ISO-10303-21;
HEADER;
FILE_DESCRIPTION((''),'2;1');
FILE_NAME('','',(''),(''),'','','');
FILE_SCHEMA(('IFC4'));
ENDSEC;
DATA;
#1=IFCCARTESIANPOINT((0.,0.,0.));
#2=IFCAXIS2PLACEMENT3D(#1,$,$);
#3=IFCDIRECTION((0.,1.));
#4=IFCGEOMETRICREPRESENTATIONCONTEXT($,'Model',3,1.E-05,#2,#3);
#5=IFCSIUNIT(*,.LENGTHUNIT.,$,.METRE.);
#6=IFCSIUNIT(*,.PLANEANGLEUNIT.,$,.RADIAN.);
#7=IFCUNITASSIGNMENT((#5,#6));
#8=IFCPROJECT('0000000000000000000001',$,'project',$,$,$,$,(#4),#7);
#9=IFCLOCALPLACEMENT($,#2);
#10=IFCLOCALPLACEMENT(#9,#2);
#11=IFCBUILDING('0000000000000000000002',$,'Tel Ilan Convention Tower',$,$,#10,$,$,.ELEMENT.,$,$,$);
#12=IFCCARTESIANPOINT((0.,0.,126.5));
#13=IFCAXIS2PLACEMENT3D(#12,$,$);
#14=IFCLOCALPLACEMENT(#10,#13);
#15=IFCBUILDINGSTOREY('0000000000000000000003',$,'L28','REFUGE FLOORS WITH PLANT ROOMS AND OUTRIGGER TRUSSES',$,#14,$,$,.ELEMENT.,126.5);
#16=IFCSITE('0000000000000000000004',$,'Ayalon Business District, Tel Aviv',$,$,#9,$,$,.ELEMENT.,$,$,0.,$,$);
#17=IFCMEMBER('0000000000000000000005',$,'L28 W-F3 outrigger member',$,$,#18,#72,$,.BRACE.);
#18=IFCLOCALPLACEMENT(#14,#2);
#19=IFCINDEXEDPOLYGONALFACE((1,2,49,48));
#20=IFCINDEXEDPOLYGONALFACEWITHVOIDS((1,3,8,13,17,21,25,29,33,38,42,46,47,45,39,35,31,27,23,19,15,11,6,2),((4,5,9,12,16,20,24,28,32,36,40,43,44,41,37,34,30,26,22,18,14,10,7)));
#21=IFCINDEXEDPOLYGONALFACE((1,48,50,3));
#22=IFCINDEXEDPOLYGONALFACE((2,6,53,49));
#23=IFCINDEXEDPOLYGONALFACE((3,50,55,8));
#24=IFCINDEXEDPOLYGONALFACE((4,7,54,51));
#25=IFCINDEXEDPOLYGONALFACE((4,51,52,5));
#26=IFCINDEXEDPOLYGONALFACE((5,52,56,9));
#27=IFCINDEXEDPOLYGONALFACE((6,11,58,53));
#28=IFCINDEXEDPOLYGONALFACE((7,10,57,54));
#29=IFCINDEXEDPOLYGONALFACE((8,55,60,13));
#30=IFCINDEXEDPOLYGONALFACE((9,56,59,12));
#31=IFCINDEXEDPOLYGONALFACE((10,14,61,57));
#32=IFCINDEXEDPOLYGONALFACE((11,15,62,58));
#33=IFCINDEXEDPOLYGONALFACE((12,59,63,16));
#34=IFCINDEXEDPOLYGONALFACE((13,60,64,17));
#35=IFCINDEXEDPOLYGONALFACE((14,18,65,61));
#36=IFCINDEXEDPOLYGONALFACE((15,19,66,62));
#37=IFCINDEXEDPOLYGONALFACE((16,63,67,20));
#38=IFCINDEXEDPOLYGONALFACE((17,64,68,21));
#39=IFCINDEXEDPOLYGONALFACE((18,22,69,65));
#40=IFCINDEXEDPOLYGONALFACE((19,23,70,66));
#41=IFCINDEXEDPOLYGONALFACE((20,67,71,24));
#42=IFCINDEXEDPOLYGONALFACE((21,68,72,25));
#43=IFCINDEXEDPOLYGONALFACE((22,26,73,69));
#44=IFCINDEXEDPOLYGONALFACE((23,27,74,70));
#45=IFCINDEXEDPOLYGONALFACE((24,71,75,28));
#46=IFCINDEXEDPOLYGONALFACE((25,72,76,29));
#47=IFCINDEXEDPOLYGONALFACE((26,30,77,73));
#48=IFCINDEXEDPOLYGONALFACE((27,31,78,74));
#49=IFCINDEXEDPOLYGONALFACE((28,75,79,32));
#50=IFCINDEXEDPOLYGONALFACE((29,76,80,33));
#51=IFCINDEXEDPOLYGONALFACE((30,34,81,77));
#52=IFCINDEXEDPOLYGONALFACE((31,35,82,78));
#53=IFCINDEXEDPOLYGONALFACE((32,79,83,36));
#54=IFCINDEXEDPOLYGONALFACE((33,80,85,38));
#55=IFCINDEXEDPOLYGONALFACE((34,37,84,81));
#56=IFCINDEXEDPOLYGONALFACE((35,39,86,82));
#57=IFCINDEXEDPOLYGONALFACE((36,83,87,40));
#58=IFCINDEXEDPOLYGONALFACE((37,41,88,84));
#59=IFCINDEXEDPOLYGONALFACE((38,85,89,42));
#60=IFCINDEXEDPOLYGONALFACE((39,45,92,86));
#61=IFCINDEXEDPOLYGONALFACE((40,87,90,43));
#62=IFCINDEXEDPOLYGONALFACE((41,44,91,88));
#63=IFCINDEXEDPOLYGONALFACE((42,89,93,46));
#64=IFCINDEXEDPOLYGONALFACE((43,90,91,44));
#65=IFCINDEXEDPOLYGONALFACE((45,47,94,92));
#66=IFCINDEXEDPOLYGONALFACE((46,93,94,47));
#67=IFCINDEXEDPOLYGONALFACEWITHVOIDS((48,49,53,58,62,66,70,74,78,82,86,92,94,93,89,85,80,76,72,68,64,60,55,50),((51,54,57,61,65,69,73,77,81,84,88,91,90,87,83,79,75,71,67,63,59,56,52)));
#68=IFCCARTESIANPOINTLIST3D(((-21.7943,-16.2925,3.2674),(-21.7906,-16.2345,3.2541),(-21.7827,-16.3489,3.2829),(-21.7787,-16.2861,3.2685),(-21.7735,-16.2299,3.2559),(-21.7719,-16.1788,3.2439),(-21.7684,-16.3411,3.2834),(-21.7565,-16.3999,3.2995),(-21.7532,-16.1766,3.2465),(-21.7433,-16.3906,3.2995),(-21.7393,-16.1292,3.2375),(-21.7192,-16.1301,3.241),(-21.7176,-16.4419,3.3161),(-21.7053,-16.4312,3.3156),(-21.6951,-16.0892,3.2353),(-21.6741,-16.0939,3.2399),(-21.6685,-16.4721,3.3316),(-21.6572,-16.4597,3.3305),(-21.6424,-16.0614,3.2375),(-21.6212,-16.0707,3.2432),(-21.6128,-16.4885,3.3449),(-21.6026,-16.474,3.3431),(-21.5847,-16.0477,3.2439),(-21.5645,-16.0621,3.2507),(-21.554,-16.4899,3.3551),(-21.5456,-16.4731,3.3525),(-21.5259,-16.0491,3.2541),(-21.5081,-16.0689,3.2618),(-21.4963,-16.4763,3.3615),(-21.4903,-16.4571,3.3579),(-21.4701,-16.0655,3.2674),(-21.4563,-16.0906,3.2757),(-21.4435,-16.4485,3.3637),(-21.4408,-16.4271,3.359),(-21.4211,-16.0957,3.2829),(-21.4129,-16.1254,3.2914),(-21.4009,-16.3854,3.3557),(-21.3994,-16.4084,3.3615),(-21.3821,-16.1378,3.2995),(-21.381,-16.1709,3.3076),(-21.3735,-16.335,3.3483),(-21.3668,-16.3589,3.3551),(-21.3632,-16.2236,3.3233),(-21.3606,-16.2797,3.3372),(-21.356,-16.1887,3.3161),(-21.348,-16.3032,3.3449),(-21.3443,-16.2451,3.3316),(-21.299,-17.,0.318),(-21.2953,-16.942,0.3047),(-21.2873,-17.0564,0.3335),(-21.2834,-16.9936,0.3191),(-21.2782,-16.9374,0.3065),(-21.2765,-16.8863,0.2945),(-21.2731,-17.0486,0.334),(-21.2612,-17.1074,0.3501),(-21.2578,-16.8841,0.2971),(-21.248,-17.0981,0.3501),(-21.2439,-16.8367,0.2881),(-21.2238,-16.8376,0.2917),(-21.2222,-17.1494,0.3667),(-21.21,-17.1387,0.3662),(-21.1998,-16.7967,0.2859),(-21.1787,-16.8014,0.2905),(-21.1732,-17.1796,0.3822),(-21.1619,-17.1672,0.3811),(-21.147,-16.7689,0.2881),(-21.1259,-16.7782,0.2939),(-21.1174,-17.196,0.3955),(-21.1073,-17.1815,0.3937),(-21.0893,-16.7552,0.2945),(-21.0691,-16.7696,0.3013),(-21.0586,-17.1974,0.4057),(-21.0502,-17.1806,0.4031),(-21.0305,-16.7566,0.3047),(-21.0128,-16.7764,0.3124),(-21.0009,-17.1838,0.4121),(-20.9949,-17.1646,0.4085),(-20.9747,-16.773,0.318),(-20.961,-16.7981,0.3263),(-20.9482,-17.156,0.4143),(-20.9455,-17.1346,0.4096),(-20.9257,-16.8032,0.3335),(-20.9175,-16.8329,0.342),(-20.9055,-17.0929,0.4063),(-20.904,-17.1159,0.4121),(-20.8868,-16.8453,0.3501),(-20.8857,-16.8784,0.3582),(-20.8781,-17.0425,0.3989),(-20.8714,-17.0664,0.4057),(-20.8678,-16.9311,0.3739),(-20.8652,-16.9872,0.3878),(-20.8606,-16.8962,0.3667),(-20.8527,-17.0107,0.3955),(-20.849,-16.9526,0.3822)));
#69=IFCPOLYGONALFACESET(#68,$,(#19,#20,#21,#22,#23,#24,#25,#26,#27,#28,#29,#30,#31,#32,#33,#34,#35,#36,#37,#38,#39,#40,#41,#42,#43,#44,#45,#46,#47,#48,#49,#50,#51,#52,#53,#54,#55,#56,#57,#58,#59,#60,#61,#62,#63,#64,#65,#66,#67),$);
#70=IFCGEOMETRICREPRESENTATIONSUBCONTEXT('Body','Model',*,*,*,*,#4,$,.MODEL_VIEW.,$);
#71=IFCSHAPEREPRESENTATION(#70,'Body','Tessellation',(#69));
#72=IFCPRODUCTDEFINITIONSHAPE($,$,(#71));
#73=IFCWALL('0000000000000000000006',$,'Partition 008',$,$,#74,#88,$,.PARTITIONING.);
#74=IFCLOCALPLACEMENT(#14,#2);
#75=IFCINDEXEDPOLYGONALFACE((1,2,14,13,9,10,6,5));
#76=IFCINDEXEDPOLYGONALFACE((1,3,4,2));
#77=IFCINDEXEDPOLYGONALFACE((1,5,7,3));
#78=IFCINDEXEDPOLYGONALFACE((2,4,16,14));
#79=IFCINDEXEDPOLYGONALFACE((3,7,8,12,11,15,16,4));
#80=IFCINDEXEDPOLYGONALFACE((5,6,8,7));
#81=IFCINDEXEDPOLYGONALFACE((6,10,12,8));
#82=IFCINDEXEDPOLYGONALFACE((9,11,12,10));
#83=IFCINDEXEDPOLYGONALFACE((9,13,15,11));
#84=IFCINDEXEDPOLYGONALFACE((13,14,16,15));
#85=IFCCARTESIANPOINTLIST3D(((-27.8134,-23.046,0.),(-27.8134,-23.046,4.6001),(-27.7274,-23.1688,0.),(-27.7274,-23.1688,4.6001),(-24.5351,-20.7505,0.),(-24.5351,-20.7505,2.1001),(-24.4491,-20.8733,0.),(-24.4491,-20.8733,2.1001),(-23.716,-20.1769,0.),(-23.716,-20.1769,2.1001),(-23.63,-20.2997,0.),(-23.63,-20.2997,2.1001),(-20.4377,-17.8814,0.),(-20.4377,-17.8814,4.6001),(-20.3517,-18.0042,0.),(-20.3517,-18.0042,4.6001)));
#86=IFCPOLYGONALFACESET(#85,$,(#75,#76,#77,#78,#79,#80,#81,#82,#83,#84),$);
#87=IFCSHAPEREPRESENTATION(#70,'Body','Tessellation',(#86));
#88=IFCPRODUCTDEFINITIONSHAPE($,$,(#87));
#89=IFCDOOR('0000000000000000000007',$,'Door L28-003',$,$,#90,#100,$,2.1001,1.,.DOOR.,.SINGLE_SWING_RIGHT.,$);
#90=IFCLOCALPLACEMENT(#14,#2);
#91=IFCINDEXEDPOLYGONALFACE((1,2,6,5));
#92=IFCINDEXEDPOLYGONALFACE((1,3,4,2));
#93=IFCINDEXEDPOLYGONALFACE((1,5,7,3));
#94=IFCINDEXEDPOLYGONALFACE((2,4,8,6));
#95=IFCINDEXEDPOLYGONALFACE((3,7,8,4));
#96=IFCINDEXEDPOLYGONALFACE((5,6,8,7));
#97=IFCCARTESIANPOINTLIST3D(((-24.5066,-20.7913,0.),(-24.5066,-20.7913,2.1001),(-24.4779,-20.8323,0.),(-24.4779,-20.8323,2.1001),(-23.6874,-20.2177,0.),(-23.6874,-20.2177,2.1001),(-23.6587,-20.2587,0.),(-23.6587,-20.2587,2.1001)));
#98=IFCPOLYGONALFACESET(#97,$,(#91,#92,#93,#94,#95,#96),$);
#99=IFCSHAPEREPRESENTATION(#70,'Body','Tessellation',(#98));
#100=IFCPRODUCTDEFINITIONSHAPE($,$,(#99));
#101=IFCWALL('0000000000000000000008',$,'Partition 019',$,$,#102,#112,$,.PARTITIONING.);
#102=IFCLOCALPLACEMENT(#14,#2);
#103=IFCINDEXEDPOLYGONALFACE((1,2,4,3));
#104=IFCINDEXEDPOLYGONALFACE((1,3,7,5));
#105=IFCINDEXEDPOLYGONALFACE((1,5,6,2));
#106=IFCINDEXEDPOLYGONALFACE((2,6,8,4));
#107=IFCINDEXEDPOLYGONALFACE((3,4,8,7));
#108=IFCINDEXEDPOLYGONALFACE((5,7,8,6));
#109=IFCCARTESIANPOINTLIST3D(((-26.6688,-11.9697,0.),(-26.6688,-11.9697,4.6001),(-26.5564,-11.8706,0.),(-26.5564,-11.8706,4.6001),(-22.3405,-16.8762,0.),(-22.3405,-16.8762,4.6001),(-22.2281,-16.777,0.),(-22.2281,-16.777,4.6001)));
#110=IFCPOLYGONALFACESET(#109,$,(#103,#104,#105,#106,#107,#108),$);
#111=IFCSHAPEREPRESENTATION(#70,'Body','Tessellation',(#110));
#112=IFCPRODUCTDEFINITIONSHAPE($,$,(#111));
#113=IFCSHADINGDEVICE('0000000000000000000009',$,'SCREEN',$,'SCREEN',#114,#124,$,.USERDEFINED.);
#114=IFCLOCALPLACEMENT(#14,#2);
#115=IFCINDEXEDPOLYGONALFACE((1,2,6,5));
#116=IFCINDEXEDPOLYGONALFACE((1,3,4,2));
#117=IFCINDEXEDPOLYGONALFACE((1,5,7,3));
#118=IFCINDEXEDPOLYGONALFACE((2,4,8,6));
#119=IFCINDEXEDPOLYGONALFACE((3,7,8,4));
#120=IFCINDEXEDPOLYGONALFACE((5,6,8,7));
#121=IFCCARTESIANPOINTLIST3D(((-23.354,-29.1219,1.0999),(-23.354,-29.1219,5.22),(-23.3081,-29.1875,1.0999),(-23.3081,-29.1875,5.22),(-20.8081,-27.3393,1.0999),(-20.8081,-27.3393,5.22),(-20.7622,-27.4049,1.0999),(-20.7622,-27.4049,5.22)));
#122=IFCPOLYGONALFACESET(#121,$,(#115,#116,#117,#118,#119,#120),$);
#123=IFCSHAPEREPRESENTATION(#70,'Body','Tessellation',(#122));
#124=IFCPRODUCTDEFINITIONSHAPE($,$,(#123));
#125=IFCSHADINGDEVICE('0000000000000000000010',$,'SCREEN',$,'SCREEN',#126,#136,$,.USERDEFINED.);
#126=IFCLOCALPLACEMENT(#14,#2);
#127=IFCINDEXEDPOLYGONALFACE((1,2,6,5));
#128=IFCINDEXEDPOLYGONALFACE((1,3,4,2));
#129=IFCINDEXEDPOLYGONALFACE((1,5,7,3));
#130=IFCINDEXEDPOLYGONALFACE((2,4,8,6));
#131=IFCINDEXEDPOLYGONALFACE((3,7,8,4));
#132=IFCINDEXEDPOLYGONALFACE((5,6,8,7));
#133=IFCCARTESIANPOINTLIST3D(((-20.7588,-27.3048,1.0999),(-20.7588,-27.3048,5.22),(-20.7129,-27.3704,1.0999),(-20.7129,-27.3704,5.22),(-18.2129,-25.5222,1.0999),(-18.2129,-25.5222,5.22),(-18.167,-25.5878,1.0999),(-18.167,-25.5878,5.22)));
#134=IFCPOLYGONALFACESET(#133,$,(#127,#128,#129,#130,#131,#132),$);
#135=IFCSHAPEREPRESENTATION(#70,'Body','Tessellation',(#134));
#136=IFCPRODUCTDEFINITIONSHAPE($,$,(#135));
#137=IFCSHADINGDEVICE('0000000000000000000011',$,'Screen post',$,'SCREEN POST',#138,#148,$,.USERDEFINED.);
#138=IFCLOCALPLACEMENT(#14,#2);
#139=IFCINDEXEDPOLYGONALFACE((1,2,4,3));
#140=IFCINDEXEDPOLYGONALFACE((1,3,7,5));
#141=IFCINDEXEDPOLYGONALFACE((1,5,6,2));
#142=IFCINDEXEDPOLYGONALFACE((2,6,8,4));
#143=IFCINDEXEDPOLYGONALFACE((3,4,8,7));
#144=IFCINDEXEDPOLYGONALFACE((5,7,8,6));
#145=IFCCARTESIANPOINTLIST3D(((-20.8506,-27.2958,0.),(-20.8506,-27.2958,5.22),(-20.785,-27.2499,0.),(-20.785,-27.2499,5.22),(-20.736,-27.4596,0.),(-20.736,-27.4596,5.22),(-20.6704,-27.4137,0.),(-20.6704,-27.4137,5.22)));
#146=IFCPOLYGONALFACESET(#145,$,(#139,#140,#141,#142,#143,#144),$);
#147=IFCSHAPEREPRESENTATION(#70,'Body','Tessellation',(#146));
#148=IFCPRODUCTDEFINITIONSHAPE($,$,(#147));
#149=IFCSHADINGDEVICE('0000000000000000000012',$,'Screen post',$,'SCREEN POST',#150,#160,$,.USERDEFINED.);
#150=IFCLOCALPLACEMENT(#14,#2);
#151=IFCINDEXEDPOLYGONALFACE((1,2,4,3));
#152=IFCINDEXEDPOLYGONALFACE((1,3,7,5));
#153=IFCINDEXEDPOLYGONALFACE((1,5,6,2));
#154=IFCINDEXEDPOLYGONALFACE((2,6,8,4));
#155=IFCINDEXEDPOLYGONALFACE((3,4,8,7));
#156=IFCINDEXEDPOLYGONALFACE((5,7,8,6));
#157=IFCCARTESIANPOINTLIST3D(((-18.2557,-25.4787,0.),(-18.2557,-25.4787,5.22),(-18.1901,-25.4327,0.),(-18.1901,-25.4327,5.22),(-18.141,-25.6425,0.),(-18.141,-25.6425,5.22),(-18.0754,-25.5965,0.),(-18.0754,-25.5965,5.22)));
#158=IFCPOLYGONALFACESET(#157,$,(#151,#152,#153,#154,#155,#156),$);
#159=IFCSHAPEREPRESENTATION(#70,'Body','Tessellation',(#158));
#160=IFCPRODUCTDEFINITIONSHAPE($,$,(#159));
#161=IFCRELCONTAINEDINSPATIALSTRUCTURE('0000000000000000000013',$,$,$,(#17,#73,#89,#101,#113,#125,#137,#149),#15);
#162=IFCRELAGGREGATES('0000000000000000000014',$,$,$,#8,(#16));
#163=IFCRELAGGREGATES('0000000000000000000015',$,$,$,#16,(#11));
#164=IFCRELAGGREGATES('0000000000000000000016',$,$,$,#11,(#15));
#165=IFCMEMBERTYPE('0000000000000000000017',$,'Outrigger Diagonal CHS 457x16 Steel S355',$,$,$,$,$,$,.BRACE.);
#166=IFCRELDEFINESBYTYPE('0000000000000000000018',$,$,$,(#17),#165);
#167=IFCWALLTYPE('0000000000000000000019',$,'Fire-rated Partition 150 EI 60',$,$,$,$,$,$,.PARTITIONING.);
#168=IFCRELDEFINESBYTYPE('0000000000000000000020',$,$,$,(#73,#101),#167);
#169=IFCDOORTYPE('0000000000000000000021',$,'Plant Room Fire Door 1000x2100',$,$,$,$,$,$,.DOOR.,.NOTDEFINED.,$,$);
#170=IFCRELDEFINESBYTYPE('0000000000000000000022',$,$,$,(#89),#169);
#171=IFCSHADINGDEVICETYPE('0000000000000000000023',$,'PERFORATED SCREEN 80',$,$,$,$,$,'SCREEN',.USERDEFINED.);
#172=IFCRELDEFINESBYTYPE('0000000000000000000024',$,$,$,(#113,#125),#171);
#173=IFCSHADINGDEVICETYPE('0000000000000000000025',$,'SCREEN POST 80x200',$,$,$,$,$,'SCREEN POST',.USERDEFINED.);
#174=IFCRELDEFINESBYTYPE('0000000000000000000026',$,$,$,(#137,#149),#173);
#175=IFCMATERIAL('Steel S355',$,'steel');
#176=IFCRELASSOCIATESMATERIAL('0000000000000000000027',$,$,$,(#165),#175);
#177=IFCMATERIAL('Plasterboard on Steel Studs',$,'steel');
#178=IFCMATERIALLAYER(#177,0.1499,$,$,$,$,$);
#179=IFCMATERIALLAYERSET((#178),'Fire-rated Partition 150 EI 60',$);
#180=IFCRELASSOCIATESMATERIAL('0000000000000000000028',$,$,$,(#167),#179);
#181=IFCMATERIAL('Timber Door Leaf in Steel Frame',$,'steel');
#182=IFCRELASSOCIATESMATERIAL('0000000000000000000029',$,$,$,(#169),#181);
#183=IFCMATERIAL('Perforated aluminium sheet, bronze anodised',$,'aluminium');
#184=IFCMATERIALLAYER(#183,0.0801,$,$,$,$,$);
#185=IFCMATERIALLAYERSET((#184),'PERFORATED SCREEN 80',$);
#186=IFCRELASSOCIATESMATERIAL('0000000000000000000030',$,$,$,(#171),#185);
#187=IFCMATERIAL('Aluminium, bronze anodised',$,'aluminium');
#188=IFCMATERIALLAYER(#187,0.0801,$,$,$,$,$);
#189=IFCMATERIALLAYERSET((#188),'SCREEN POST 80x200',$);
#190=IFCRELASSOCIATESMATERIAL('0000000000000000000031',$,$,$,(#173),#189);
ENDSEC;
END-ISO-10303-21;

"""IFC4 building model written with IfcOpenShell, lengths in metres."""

from ifc_helpers import new_model, si_unit, direction, frame, frame_2d, origin, origin_2d, place, context, subcontext, project, spatial, rectangle, hollow_circle, extrude, material, layer, layer_set, material_profile, profile_set, type_object, element, fill, save


model = new_model("IFC4")

# Units and contexts
model_context = context("Model", 3, precision=1e-05, world=origin(), true_north=direction((0.0, 1.0)))
body_context = subcontext(model_context, "Body", "Model", "MODEL_VIEW")
ifc_project = project(units=[si_unit("LENGTHUNIT", "METRE"), si_unit("PLANEANGLEUNIT", "RADIAN")], contexts=[model_context])

# Site, building, storey
site_placement = place(None, origin())
site = spatial("IfcSite", under=ifc_project, at=site_placement, Name="Ayalon Business District, Tel Aviv", CompositionType="ELEMENT", RefElevation=0.0)
building_placement = place(site_placement, origin())
building = spatial("IfcBuilding", under=site, at=building_placement, Name="Tel Ilan Convention Tower", CompositionType="ELEMENT")
storey_placement = place(building_placement, frame((0.0, 0.0, 126.5)))
storey = spatial("IfcBuildingStorey", under=building, at=storey_placement, Name="L28", Description="REFUGE FLOORS WITH PLANT ROOMS AND OUTRIGGER TRUSSES", CompositionType="ELEMENT", Elevation=126.5)

# Member
ifc_material_1 = material(Name="Steel S355", Category="steel")
ifc_material_profile_1 = material_profile(ifc_material_1, hollow_circle(Radius=0.2285, WallThickness=0.0161, at=origin_2d()), Name="CHS 457x16")
ifc_profile_set_1 = profile_set([ifc_material_profile_1], Name="Steel S355")
member_type_1 = type_object("IfcMemberType", Name="Outrigger Diagonal CHS 457x16 Steel S355", PredefinedType="BRACE", material=ifc_profile_set_1)
member_placement = place(storey_placement, frame((-21.074, -16.9763, 0.3501), z_axis=(-0.161181, 0.230213, 0.959699), x_axis=(-0.819179, -0.573538, 0.0)))
element("IfcMember", 1, at=member_placement, inside=storey, type_object=member_type_1, Name="L28 W-F3 outrigger member", PredefinedType="BRACE", context=body_context, shape_type="SweptSolid", body=[
    extrude(hollow_circle(Radius=0.2285, WallThickness=0.0161, at=origin_2d()), origin(), (0.0, 0.0, 1.0), 3.0732),
])

# Wall, opening, door
ifc_material_2 = material(Name="Plasterboard on Steel Studs", Category="steel")
ifc_layer_1 = layer(ifc_material_2, 0.1499)
ifc_layer_set_1 = layer_set([ifc_layer_1], Name="Fire-rated Partition 150 EI 60")
wall_type = type_object("IfcWallType", Name="Fire-rated Partition 150 EI 60", PredefinedType="PARTITIONING", material=ifc_layer_set_1)
wall_1_placement = place(storey_placement, frame((-20.3948, -17.9429, 0.0), z_axis=(0.0, 0.0, 1.0), x_axis=(-0.819152, -0.573577, 0.0)))
wall_1 = element("IfcWall", 2, at=wall_1_placement, inside=storey, type_object=wall_type, Name="Partition 008", PredefinedType="PARTITIONING", context=body_context, shape_type="SweptSolid", body=[
    extrude(rectangle(XDim=9.0042, YDim=0.1499, at=frame_2d((4.502, 0.0))), origin(), (0.0, 0.0, 1.0), 4.6001),
])
opening_placement = place(wall_1_placement, frame((4.002, 0.0, 0.0)))
opening = element("IfcOpeningElement", 3, at=opening_placement, cuts=wall_1, PredefinedType="OPENING", context=body_context, shape_type="SweptSolid", body=[
    extrude(rectangle(XDim=1.0, YDim=2.1001, at=frame_2d((0.5, 1.05))), frame((0.0, 0.085, 0.0), z_axis=(0.0, -1.0, 0.0), x_axis=(1.0, 0.0, 0.0)), (0.0, 0.0, 1.0), 0.1699),
])
ifc_material_3 = material(Name="Timber Door Leaf in Steel Frame", Category="steel")
door_type = type_object("IfcDoorType", Name="Plant Room Fire Door 1000x2100", OperationType="NOTDEFINED", PredefinedType="DOOR", material=ifc_material_3)
door_placement = place(opening_placement, origin())
door = element("IfcDoor", 4, at=door_placement, inside=storey, type_object=door_type, Name="Door L28-003", OperationType="SINGLE_SWING_RIGHT", OverallHeight=2.1001, OverallWidth=1.0, PredefinedType="DOOR", context=body_context, shape_type="SweptSolid", body=[
    extrude(rectangle(XDim=1.0, YDim=2.1001, at=frame_2d((0.5, 1.05))), frame((0.0, 0.0249, 0.0), z_axis=(0.0, -1.0, 0.0), x_axis=(1.0, 0.0, 0.0)), (0.0, 0.0, 1.0), 0.05),
])
fill(opening, door)

# Wall
wall_2_placement = place(storey_placement, frame((-22.2842, -16.8267, 0.0), z_axis=(0.0, 0.0, 1.0), x_axis=(-0.661545, 0.749905, 0.0)))
element("IfcWall", 5, at=wall_2_placement, inside=storey, type_object=wall_type, Name="Partition 019", PredefinedType="PARTITIONING", context=body_context, shape_type="SweptSolid", body=[
    extrude(rectangle(XDim=6.5427, YDim=0.1499, at=frame_2d((3.2715, 0.0))), origin(), (0.0, 0.0, 1.0), 4.6001),
])

# Shading devices
ifc_material_4 = material(Name="Perforated aluminium sheet, bronze anodised", Category="aluminium")
ifc_layer_2 = layer(ifc_material_4, 0.0801)
ifc_layer_set_2 = layer_set([ifc_layer_2], Name="PERFORATED SCREEN 80")
shading_device_type_1 = type_object("IfcShadingDeviceType", Name="PERFORATED SCREEN 80", ElementType="SCREEN", PredefinedType="USERDEFINED", material=ifc_layer_set_2)
for number, where, z_axis, x_axis, name in (
    (6, (-22.0581, -28.2634, 1.0999), (0.0, 0.0, 1.0), (0.819152, 0.573576, 0.0), "SCREEN"),
    (7, (-19.4629, -26.4463, 1.0999), (0.0, 0.0, 1.0), (0.819152, 0.573576, 0.0), "SCREEN"),
):
    element("IfcShadingDevice", number, at=place(storey_placement, frame(where, z_axis=z_axis, x_axis=x_axis)), inside=storey, type_object=shading_device_type_1, Name=name, ObjectType="SCREEN", PredefinedType="USERDEFINED", context=body_context, shape_type="SweptSolid", body=[
        extrude(rectangle(XDim=3.1079, YDim=0.0801, at=origin_2d()), origin(), (0.0, 0.0, 1.0), 4.1201),
    ])
ifc_material_5 = material(Name="Aluminium, bronze anodised", Category="aluminium")
ifc_layer_3 = layer(ifc_material_5, 0.0801)
ifc_layer_set_3 = layer_set([ifc_layer_3], Name="SCREEN POST 80x200")
shading_device_type_2 = type_object("IfcShadingDeviceType", Name="SCREEN POST 80x200", ElementType="SCREEN POST", PredefinedType="USERDEFINED", material=ifc_layer_set_3)
for number, where, z_axis, x_axis, name in (
    (8, (-20.7605, -27.3547, 0.0), (0.0, 0.0, 1.0), (0.819152, 0.573576, 0.0), "Screen post"),
    (9, (-18.1655, -25.5376, 0.0), (0.0, 0.0, 1.0), (0.819152, 0.573576, 0.0), "Screen post"),
):
    element("IfcShadingDevice", number, at=place(storey_placement, frame(where, z_axis=z_axis, x_axis=x_axis)), inside=storey, type_object=shading_device_type_2, Name=name, ObjectType="SCREEN POST", PredefinedType="USERDEFINED", context=body_context, shape_type="SweptSolid", body=[
        extrude(rectangle(XDim=0.0801, YDim=0.2, at=origin_2d()), origin(), (0.0, 0.0, 1.0), 5.22),
    ])

save(model, "model.ifc")
